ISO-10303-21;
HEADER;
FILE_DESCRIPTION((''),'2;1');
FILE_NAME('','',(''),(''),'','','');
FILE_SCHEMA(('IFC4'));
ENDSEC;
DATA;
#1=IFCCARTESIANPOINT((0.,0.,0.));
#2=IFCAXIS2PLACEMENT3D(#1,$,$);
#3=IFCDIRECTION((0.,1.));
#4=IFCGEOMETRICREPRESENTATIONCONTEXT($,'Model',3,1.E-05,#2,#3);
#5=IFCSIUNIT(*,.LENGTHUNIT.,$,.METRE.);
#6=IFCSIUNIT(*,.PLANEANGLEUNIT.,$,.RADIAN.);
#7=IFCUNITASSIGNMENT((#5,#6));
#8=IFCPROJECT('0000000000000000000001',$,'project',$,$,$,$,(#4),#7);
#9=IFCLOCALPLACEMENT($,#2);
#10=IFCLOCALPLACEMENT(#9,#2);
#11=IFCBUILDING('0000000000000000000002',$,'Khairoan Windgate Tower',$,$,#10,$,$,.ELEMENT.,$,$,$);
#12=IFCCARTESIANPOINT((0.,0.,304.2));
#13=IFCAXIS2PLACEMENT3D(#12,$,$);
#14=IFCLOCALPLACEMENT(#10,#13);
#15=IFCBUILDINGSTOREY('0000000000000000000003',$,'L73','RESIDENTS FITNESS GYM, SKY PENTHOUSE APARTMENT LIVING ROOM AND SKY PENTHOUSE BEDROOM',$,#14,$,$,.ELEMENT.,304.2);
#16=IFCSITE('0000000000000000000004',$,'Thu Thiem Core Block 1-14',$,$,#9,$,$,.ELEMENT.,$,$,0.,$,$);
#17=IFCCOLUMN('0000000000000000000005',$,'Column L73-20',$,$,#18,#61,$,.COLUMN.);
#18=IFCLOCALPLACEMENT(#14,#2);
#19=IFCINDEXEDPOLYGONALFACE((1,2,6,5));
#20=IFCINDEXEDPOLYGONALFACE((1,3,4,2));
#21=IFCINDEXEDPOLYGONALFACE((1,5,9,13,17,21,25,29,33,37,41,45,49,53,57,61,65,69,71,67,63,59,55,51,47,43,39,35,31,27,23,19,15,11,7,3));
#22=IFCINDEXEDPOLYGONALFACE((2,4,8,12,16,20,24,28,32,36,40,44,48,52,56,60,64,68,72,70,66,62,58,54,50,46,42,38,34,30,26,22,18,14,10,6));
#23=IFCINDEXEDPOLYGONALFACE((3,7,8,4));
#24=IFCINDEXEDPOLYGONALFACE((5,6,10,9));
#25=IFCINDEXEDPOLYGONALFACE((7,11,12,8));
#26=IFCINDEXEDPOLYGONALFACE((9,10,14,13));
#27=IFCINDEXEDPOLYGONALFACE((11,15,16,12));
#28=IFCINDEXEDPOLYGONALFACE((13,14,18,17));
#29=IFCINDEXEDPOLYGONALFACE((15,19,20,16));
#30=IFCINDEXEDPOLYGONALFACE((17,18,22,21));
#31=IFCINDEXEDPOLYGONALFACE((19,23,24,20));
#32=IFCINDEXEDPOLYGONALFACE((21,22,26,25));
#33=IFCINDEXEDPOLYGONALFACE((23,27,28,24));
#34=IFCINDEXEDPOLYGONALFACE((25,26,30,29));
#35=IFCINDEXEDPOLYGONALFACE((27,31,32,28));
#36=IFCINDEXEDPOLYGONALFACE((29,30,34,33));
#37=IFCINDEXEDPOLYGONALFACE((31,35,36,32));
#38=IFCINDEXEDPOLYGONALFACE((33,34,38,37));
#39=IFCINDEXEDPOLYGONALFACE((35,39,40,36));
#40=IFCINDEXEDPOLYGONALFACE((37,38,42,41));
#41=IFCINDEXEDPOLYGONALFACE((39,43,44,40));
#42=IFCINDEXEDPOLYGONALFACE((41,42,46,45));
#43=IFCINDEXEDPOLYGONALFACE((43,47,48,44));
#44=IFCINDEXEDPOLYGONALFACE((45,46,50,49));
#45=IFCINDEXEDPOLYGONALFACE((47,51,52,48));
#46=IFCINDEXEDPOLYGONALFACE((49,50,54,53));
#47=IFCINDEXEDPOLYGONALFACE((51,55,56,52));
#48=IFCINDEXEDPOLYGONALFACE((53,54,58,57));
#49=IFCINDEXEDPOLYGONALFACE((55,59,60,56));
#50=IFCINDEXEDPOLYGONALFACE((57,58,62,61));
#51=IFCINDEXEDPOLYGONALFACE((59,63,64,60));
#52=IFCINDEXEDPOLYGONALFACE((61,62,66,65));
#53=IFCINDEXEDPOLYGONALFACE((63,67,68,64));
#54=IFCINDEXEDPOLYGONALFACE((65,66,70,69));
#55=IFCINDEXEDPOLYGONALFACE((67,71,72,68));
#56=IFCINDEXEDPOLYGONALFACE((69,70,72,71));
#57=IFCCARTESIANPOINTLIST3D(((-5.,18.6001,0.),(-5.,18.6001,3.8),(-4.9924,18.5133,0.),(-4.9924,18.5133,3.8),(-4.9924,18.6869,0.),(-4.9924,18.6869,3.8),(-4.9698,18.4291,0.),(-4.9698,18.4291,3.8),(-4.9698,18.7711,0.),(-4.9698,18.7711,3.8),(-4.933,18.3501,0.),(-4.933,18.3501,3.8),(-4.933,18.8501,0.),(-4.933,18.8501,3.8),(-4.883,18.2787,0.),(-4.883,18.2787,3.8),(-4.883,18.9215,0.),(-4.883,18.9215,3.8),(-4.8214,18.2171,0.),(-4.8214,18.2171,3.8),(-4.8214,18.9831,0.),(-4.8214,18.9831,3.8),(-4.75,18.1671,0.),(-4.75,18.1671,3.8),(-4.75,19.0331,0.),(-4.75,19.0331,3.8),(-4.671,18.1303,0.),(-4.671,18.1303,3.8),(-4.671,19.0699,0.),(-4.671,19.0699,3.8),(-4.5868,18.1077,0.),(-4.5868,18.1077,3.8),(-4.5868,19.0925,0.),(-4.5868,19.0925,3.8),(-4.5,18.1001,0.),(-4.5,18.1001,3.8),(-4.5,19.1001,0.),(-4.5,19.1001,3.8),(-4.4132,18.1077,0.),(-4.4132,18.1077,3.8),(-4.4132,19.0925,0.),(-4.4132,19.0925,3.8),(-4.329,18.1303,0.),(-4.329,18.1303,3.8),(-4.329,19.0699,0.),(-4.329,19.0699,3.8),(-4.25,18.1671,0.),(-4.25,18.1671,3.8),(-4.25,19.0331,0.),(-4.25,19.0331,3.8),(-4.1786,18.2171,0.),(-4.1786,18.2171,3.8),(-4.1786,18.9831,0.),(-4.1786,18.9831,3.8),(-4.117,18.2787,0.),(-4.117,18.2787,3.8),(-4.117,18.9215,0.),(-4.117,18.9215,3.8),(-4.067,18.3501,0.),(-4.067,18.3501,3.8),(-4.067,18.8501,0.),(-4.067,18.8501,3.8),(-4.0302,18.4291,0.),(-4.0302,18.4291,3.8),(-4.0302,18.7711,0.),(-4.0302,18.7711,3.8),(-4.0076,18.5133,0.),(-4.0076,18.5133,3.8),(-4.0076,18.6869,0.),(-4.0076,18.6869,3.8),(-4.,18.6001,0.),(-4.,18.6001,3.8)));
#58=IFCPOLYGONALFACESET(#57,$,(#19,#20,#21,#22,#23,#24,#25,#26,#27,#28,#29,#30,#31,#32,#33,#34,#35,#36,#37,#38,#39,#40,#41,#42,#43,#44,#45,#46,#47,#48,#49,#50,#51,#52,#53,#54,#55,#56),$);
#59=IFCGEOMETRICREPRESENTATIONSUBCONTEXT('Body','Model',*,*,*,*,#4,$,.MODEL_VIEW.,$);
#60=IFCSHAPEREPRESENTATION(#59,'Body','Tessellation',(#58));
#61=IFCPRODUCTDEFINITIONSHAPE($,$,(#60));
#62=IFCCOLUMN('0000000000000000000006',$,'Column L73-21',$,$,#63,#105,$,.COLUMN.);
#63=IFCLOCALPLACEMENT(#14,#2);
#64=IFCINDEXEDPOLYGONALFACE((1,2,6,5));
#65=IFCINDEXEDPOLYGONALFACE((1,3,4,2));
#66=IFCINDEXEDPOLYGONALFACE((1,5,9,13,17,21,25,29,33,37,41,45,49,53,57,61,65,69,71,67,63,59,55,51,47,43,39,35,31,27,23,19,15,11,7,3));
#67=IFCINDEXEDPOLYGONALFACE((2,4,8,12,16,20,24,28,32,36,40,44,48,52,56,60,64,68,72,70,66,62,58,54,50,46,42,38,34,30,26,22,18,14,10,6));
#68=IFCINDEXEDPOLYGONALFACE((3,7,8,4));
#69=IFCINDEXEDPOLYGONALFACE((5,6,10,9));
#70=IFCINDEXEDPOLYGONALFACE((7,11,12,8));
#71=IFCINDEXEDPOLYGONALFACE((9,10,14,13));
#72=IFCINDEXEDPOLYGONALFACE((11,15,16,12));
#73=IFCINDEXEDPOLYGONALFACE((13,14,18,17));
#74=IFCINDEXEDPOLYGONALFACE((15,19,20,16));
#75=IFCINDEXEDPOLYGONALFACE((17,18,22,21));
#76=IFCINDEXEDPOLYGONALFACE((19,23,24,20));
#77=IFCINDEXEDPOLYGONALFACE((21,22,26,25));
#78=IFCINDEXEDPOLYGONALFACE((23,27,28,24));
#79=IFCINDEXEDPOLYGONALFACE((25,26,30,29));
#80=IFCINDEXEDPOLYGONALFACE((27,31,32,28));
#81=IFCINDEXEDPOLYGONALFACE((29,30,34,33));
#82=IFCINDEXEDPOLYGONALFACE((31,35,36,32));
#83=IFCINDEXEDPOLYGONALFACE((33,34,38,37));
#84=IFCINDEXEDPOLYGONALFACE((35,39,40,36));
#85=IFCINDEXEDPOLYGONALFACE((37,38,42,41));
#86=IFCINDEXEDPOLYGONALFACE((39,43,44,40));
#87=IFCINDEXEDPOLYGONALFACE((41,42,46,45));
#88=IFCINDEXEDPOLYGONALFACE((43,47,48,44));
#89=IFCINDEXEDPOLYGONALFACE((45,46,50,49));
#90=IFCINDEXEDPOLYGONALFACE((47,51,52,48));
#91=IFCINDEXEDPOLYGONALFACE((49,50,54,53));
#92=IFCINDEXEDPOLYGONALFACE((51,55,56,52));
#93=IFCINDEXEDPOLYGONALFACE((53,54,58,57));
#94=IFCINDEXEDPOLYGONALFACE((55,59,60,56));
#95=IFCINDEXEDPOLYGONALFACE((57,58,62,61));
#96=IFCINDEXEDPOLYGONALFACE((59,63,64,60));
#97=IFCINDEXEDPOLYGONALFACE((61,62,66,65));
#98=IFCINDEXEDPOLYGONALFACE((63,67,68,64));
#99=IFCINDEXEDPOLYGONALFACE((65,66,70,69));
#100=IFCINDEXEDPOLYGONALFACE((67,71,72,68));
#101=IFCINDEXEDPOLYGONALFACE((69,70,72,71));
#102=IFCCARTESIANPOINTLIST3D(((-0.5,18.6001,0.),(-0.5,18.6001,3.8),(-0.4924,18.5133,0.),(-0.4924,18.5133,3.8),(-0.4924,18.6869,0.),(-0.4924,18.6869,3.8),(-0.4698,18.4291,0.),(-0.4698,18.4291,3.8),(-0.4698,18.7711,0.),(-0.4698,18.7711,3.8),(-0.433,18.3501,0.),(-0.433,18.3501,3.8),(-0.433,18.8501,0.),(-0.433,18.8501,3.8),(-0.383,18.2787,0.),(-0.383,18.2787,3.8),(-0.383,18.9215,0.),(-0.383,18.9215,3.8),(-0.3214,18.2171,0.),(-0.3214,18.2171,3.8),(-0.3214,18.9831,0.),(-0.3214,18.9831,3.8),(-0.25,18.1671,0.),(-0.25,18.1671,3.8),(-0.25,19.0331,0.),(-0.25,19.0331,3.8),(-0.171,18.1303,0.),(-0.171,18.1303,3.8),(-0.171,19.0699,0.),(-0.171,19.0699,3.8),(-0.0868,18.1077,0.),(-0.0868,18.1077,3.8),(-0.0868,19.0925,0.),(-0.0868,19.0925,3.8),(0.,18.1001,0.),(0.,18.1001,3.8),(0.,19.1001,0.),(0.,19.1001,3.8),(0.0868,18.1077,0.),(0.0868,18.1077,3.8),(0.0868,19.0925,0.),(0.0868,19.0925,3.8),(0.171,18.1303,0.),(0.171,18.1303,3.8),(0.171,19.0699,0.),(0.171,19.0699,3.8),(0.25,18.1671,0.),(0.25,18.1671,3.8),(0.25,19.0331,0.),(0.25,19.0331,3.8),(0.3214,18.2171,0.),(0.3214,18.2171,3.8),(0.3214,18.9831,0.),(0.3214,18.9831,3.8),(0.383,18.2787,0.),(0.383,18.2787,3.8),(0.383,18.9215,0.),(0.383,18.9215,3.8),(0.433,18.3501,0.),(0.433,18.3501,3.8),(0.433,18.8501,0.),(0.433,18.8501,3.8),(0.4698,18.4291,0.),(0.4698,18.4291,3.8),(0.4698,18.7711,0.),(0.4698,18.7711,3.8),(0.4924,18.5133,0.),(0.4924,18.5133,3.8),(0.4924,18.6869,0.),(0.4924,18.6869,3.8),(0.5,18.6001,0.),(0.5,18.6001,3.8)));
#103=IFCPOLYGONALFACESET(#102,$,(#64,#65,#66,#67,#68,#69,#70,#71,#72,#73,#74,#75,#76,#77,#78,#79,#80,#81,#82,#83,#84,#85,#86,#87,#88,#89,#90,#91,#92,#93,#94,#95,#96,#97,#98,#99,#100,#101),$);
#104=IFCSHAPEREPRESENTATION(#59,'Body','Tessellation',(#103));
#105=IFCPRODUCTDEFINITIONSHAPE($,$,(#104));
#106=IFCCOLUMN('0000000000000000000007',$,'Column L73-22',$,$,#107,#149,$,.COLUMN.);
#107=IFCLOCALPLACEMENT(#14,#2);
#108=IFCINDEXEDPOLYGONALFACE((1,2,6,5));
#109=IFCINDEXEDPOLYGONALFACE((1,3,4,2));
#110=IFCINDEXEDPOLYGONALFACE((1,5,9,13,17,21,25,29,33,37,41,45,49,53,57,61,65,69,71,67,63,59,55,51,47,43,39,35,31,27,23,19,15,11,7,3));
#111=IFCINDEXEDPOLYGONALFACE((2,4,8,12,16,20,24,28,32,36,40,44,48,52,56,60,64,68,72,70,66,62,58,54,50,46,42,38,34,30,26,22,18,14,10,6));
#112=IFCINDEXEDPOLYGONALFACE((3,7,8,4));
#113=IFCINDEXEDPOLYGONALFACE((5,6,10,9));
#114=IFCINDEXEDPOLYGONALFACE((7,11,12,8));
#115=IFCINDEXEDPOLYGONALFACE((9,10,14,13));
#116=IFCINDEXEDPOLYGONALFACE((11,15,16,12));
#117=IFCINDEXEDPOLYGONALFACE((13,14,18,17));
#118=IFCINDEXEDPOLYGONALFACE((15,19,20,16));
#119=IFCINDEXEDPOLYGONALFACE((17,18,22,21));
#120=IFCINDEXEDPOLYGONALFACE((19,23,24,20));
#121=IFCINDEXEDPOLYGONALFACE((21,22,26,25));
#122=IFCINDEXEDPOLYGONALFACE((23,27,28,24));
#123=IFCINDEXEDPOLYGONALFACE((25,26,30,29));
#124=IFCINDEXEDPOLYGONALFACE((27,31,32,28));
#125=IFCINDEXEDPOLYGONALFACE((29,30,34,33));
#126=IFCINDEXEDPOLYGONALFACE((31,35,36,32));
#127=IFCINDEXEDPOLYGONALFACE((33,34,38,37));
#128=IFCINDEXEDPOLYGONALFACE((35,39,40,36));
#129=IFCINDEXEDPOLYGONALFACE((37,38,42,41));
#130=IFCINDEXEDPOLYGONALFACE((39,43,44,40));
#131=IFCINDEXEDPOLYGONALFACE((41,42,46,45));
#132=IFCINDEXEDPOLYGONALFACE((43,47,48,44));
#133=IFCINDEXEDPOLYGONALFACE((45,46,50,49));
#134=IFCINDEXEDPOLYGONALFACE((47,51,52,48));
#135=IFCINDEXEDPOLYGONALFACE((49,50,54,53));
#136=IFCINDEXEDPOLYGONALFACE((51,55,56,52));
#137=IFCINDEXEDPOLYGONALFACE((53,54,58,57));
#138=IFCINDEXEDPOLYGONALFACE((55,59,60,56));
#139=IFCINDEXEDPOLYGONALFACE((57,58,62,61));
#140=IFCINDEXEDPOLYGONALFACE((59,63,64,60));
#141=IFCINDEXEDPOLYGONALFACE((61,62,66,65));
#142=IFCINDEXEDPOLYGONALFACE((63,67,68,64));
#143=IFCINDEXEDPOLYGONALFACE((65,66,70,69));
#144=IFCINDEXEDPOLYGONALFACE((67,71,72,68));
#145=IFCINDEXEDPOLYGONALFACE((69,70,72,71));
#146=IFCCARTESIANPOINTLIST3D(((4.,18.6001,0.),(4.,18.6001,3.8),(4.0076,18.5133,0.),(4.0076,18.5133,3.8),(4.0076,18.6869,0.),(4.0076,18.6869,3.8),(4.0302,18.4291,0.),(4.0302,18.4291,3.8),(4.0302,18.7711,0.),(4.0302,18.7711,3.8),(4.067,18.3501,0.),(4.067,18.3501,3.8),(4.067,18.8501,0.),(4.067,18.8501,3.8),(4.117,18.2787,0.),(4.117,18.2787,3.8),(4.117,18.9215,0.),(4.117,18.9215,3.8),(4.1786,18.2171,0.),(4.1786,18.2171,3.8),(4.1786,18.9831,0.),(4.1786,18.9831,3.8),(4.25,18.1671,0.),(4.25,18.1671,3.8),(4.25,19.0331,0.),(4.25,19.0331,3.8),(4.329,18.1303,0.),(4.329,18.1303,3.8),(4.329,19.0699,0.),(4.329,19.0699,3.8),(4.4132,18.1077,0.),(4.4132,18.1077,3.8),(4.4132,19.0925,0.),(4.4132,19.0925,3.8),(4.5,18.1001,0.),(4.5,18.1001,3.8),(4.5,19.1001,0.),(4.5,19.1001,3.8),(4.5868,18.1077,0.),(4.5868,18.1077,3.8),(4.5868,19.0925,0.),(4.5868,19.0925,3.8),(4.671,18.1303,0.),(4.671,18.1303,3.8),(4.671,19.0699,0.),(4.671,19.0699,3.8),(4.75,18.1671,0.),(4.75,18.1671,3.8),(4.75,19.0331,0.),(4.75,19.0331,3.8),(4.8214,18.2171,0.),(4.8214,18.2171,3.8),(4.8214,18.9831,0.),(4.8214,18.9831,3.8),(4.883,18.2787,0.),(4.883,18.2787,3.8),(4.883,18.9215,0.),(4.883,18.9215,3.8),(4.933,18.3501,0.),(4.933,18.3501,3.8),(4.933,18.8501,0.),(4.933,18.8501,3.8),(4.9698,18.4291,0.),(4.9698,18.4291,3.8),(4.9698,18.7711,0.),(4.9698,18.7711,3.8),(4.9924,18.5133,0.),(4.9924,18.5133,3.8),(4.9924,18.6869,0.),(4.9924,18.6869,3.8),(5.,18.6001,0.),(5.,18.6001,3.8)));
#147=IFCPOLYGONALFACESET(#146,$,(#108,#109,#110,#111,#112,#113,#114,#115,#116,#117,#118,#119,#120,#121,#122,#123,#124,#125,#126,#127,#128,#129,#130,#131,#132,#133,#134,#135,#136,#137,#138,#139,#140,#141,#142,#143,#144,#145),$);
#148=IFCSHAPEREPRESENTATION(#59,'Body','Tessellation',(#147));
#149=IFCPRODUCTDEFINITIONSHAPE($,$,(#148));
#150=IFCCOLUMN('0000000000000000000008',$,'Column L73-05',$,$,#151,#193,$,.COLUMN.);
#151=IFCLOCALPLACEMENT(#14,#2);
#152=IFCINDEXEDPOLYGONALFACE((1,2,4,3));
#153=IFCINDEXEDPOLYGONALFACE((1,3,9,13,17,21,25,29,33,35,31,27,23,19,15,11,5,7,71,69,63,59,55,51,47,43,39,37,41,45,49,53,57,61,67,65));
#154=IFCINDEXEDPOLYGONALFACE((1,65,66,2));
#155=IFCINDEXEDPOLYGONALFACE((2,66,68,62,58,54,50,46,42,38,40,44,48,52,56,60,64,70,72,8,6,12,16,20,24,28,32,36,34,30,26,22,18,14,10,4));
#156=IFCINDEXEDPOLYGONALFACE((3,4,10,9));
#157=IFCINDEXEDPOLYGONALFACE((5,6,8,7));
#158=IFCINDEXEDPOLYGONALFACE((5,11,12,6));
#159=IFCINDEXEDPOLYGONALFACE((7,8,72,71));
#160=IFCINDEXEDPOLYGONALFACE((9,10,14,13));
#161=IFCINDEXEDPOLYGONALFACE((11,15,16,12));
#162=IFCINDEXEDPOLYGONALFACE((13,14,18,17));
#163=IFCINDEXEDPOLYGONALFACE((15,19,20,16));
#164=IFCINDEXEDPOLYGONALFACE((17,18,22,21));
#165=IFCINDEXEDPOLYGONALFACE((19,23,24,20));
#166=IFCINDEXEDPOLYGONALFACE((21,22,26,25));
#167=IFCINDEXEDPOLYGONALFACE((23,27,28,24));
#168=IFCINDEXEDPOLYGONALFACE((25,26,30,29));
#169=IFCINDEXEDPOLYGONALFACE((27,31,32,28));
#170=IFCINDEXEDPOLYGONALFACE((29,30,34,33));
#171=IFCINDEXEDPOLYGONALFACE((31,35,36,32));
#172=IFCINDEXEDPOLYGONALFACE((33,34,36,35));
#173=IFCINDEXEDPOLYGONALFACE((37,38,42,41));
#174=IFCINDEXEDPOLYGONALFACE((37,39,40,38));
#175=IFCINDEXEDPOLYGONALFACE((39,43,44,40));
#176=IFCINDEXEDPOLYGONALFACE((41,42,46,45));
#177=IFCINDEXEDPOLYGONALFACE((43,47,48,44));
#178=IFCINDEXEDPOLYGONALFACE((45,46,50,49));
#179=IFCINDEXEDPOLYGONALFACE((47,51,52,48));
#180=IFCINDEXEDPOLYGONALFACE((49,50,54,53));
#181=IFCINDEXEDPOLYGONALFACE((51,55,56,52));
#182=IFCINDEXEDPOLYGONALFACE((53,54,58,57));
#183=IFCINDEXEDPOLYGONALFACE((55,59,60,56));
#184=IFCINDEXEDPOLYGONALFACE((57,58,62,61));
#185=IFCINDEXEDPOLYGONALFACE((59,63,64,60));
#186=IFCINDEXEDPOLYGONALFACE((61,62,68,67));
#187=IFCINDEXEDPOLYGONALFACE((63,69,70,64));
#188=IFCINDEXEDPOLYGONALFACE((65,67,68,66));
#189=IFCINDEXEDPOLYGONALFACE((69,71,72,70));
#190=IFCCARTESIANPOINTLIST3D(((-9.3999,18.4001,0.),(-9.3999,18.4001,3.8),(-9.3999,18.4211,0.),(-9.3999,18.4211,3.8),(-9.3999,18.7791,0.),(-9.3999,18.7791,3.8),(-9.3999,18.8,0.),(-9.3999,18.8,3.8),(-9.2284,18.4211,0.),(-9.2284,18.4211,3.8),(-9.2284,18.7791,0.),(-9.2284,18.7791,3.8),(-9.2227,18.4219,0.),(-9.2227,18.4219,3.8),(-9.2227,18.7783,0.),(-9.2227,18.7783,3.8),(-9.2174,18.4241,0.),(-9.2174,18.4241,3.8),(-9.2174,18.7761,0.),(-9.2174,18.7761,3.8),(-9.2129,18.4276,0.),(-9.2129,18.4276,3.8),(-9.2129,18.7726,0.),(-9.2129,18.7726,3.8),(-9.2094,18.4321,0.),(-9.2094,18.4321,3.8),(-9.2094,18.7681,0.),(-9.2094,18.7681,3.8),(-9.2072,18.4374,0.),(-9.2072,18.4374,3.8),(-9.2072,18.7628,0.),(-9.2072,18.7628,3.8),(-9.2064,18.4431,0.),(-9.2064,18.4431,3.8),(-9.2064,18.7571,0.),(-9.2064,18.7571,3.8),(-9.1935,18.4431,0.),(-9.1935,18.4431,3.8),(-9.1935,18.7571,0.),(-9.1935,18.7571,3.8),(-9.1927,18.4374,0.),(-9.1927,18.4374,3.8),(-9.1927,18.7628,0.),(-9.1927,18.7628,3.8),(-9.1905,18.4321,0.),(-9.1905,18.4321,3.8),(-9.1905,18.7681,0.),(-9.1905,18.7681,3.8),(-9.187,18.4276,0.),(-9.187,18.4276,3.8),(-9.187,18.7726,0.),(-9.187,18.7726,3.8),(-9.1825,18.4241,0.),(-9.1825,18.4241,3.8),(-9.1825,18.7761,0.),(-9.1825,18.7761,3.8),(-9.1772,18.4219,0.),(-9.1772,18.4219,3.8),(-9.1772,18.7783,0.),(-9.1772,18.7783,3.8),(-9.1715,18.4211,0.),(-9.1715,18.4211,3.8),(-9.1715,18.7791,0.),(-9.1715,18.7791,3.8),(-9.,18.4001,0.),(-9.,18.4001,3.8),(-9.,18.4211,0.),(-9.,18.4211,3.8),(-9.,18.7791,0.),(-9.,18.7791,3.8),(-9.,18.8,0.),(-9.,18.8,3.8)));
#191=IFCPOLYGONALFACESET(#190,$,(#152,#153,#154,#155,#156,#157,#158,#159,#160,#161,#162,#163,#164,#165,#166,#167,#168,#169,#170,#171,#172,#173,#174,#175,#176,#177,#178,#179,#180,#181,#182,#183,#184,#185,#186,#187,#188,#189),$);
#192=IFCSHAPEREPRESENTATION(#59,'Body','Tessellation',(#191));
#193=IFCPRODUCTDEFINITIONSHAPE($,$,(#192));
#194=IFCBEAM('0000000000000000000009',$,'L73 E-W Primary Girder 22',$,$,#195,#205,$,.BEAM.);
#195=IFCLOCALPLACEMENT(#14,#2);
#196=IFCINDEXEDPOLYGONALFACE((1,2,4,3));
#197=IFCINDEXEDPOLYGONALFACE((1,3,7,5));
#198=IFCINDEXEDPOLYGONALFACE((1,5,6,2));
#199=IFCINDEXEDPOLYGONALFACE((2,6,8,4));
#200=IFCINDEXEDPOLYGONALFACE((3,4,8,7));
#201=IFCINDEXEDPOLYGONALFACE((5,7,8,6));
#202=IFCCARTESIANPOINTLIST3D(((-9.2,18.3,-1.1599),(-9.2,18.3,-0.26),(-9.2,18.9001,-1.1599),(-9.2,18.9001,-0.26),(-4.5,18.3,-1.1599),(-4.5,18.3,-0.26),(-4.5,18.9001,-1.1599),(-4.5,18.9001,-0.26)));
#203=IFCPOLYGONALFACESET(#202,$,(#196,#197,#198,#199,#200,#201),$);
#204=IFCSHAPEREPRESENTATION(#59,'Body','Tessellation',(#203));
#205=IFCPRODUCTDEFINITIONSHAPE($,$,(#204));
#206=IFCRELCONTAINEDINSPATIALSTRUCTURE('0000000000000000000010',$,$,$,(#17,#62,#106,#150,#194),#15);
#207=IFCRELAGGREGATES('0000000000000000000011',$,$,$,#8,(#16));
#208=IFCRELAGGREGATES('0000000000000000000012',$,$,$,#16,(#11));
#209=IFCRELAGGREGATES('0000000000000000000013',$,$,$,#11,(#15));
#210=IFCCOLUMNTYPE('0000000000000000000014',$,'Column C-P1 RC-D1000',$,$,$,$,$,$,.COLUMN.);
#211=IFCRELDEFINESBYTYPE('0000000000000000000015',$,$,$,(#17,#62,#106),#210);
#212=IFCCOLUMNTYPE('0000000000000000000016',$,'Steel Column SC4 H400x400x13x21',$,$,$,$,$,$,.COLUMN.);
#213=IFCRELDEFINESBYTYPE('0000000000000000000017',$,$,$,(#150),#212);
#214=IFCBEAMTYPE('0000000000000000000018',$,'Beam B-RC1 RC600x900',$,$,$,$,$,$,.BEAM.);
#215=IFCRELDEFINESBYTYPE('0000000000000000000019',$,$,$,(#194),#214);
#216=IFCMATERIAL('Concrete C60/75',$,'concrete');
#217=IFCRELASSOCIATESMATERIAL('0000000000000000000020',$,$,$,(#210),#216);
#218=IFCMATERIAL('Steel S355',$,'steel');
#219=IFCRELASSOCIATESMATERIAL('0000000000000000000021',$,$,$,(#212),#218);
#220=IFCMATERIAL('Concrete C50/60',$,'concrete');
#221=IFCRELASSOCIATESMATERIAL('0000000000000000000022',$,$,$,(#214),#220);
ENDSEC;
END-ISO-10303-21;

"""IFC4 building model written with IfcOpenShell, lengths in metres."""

from ifc_helpers import new_model, si_unit, direction, frame, origin, origin_2d, place, context, subcontext, project, spatial, rectangle, circle, i_section, extrude, material, material_profile, profile_set, type_object, element, save


model = new_model("IFC4")

# Units and contexts
model_context = context("Model", 3, precision=1e-05, world=origin(), true_north=direction((0.0, 1.0)))
body_context = subcontext(model_context, "Body", "Model", "MODEL_VIEW")
ifc_project = project(units=[si_unit("LENGTHUNIT", "METRE"), si_unit("PLANEANGLEUNIT", "RADIAN")], contexts=[model_context])

# Site, building, storey
site_placement = place(None, origin())
site = spatial("IfcSite", under=ifc_project, at=site_placement, Name="Thu Thiem Core Block 1-14", CompositionType="ELEMENT", RefElevation=0.0)
building_placement = place(site_placement, origin())
building = spatial("IfcBuilding", under=site, at=building_placement, Name="Khairoan Windgate Tower", CompositionType="ELEMENT")
storey_placement = place(building_placement, frame((0.0, 0.0, 304.2)))
storey = spatial("IfcBuildingStorey", under=building, at=storey_placement, Name="L73", Description="RESIDENTS FITNESS GYM, SKY PENTHOUSE APARTMENT LIVING ROOM AND SKY PENTHOUSE BEDROOM", CompositionType="ELEMENT", Elevation=304.2)

# Columns
ifc_material_1 = material(Name="Concrete C60/75", Category="concrete")
ifc_material_profile_1 = material_profile(ifc_material_1, circle(Radius=0.5, at=origin_2d()))
ifc_profile_set_1 = profile_set([ifc_material_profile_1], Name="Concrete C60/75")
column_type_1 = type_object("IfcColumnType", Name="Column C-P1 RC-D1000", PredefinedType="COLUMN", material=ifc_profile_set_1)
for number, where, z_axis, x_axis, name in (
    (1, (-4.5, 18.6001, 0.0), (0.0, 0.0, 1.0), (1.0, 0.0, 0.0), "Column L73-20"),
    (2, (0.0, 18.6001, 0.0), (0.0, 0.0, 1.0), (1.0, 0.0, 0.0), "Column L73-21"),
    (3, (4.5, 18.6001, 0.0), (0.0, 0.0, 1.0), (1.0, 0.0, 0.0), "Column L73-22"),
):
    element("IfcColumn", number, at=place(storey_placement, frame(where, z_axis=z_axis, x_axis=x_axis)), inside=storey, type_object=column_type_1, Name=name, PredefinedType="COLUMN", context=body_context, shape_type="SweptSolid", body=[
        extrude(circle(Radius=0.5, at=origin_2d()), origin(), (0.0, 0.0, 1.0), 3.8),
    ])
ifc_material_2 = material(Name="Steel S355", Category="steel")
ifc_material_profile_2 = material_profile(ifc_material_2, i_section(OverallWidth=0.3999, OverallDepth=0.3999, WebThickness=0.0129, FlangeThickness=0.021, FilletRadius=0.022, at=origin_2d()))
ifc_profile_set_2 = profile_set([ifc_material_profile_2], Name="Steel S355")
column_type_2 = type_object("IfcColumnType", Name="Steel Column SC4 H400x400x13x21", PredefinedType="COLUMN", material=ifc_profile_set_2)
column_placement = place(storey_placement, frame((-9.2, 18.6001, 0.0), z_axis=(0.0, 0.0, 1.0), x_axis=(1.0, 0.0, 0.0)))
element("IfcColumn", 4, at=column_placement, inside=storey, type_object=column_type_2, Name="Column L73-05", PredefinedType="COLUMN", context=body_context, shape_type="SweptSolid", body=[
    extrude(i_section(OverallWidth=0.3999, OverallDepth=0.3999, WebThickness=0.0129, FlangeThickness=0.021, FilletRadius=0.022, at=origin_2d()), origin(), (0.0, 0.0, 1.0), 3.8),
])

# Beam
ifc_material_3 = material(Name="Concrete C50/60", Category="concrete")
ifc_material_profile_3 = material_profile(ifc_material_3, rectangle(XDim=0.6001, YDim=0.8999, at=origin_2d()))
ifc_profile_set_3 = profile_set([ifc_material_profile_3], Name="Concrete C50/60")
beam_type = type_object("IfcBeamType", Name="Beam B-RC1 RC600x900", PredefinedType="BEAM", material=ifc_profile_set_3)
beam_1_placement = place(storey_placement, frame((-9.2, 18.6001, -0.71), z_axis=(1.0, 0.0, 0.0), x_axis=(0.0, 1.0, 0.0)))
element("IfcBeam", 5, at=beam_1_placement, inside=storey, type_object=beam_type, Name="L73 E-W Primary Girder 22", PredefinedType="BEAM", context=body_context, shape_type="SweptSolid", body=[
    extrude(rectangle(XDim=0.6001, YDim=0.8999, at=origin_2d()), origin(), (0.0, 0.0, 1.0), 4.7),
])

save(model, "model.ifc")
